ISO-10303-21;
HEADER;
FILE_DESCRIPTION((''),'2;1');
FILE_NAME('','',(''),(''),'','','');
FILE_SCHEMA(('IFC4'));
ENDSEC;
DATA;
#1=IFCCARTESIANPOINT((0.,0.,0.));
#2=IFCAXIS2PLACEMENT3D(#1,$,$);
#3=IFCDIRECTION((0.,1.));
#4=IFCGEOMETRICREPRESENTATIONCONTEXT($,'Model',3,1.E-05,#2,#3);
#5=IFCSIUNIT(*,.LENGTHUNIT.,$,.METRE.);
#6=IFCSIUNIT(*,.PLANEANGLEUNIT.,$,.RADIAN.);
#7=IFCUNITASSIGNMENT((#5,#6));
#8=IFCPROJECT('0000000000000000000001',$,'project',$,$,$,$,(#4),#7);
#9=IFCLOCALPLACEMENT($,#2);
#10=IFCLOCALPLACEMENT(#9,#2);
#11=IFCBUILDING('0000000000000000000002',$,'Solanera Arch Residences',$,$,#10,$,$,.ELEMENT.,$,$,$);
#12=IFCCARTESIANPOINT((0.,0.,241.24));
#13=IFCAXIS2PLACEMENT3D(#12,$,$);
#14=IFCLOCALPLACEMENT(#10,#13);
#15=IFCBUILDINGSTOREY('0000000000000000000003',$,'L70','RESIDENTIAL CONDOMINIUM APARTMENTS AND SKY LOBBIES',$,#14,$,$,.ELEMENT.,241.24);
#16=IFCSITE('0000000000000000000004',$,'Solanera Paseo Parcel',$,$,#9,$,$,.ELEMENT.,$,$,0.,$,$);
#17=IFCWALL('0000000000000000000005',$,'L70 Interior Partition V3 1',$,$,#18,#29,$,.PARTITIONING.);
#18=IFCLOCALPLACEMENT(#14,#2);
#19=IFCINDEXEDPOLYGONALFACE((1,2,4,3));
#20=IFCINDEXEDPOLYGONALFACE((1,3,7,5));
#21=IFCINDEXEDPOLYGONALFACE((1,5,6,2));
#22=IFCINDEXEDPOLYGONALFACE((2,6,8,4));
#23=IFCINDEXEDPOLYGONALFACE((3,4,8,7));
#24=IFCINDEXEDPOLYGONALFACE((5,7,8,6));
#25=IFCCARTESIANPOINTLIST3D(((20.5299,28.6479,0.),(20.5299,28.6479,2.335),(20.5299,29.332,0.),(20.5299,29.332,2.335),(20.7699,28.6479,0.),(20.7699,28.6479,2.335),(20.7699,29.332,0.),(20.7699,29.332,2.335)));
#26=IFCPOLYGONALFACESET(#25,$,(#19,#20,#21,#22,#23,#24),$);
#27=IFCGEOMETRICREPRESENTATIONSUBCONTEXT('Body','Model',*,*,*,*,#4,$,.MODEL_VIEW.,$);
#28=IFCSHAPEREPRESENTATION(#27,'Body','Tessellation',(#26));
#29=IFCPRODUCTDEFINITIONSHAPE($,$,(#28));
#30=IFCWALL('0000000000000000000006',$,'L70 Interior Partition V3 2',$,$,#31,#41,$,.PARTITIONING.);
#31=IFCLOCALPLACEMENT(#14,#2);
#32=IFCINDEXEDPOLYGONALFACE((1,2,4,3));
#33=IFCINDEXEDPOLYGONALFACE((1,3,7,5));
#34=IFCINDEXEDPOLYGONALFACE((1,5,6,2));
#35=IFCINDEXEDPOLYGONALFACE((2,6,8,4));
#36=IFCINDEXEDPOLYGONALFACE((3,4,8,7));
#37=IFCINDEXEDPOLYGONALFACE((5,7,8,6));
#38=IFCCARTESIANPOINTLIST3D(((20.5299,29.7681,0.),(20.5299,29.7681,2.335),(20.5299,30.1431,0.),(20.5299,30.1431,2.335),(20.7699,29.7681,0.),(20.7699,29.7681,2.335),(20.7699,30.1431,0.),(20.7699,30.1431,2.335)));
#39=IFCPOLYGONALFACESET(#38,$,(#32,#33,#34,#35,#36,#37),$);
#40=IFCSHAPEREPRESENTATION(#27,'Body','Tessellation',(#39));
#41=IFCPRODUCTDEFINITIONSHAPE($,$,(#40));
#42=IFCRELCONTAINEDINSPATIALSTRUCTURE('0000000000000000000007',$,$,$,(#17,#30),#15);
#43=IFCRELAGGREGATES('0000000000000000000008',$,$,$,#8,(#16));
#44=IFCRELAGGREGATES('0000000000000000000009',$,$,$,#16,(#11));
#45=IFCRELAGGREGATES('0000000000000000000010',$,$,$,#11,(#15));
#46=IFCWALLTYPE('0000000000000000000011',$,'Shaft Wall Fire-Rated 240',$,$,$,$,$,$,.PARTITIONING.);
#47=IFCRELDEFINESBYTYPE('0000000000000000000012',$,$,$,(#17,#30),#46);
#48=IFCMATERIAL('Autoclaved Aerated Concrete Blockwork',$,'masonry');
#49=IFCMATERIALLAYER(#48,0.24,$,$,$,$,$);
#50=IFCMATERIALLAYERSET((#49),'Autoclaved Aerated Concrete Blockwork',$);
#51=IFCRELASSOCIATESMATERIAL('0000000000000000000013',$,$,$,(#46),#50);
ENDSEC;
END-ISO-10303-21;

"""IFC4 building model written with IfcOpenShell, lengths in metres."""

from ifc_helpers import new_model, si_unit, direction, frame, frame_2d, origin, place, context, subcontext, project, spatial, rectangle, extrude, material, layer, layer_set, type_object, element, save


model = new_model("IFC4")

# Units and contexts
model_context = context("Model", 3, precision=1e-05, world=origin(), true_north=direction((0.0, 1.0)))
body_context = subcontext(model_context, "Body", "Model", "MODEL_VIEW")
ifc_project = project(units=[si_unit("LENGTHUNIT", "METRE"), si_unit("PLANEANGLEUNIT", "RADIAN")], contexts=[model_context])

# Site, building, storey
site_placement = place(None, origin())
site = spatial("IfcSite", under=ifc_project, at=site_placement, Name="Solanera Paseo Parcel", CompositionType="ELEMENT", RefElevation=0.0)
building_placement = place(site_placement, origin())
building = spatial("IfcBuilding", under=site, at=building_placement, Name="Solanera Arch Residences", CompositionType="ELEMENT")
storey_placement = place(building_placement, frame((0.0, 0.0, 241.24)))
storey = spatial("IfcBuildingStorey", under=building, at=storey_placement, Name="L70", Description="RESIDENTIAL CONDOMINIUM APARTMENTS AND SKY LOBBIES", CompositionType="ELEMENT", Elevation=241.24)

# Shared definitions
ifc_material_1 = material(Name="Autoclaved Aerated Concrete Blockwork", Category="masonry")
ifc_layer_1 = layer(ifc_material_1, 0.24)
ifc_layer_set_1 = layer_set([ifc_layer_1], Name="Autoclaved Aerated Concrete Blockwork")
wall_type_1 = type_object("IfcWallType", Name="Shaft Wall Fire-Rated 240", PredefinedType="PARTITIONING", material=ifc_layer_set_1)

# Walls
wall_1_placement = place(storey_placement, frame((20.6499, 28.6479, 0.0), z_axis=(0.0, 0.0, 1.0), x_axis=(0.0, 1.0, 0.0)))
element("IfcWall", 1, at=wall_1_placement, inside=storey, type_object=wall_type_1, Name="L70 Interior Partition V3 1", PredefinedType="PARTITIONING", context=body_context, shape_type="SweptSolid", body=[
    extrude(rectangle(XDim=0.6841, YDim=0.24, at=frame_2d((0.342, 0.0))), origin(), (0.0, 0.0, 1.0), 2.335),
])
wall_2_placement = place(storey_placement, frame((20.6499, 29.7681, 0.0), z_axis=(0.0, 0.0, 1.0), x_axis=(0.0, 1.0, 0.0)))
element("IfcWall", 2, at=wall_2_placement, inside=storey, type_object=wall_type_1, Name="L70 Interior Partition V3 2", PredefinedType="PARTITIONING", context=body_context, shape_type="SweptSolid", body=[
    extrude(rectangle(XDim=0.375, YDim=0.24, at=frame_2d((0.1875, 0.0))), origin(), (0.0, 0.0, 1.0), 2.335),
])

save(model, "model.ifc")
